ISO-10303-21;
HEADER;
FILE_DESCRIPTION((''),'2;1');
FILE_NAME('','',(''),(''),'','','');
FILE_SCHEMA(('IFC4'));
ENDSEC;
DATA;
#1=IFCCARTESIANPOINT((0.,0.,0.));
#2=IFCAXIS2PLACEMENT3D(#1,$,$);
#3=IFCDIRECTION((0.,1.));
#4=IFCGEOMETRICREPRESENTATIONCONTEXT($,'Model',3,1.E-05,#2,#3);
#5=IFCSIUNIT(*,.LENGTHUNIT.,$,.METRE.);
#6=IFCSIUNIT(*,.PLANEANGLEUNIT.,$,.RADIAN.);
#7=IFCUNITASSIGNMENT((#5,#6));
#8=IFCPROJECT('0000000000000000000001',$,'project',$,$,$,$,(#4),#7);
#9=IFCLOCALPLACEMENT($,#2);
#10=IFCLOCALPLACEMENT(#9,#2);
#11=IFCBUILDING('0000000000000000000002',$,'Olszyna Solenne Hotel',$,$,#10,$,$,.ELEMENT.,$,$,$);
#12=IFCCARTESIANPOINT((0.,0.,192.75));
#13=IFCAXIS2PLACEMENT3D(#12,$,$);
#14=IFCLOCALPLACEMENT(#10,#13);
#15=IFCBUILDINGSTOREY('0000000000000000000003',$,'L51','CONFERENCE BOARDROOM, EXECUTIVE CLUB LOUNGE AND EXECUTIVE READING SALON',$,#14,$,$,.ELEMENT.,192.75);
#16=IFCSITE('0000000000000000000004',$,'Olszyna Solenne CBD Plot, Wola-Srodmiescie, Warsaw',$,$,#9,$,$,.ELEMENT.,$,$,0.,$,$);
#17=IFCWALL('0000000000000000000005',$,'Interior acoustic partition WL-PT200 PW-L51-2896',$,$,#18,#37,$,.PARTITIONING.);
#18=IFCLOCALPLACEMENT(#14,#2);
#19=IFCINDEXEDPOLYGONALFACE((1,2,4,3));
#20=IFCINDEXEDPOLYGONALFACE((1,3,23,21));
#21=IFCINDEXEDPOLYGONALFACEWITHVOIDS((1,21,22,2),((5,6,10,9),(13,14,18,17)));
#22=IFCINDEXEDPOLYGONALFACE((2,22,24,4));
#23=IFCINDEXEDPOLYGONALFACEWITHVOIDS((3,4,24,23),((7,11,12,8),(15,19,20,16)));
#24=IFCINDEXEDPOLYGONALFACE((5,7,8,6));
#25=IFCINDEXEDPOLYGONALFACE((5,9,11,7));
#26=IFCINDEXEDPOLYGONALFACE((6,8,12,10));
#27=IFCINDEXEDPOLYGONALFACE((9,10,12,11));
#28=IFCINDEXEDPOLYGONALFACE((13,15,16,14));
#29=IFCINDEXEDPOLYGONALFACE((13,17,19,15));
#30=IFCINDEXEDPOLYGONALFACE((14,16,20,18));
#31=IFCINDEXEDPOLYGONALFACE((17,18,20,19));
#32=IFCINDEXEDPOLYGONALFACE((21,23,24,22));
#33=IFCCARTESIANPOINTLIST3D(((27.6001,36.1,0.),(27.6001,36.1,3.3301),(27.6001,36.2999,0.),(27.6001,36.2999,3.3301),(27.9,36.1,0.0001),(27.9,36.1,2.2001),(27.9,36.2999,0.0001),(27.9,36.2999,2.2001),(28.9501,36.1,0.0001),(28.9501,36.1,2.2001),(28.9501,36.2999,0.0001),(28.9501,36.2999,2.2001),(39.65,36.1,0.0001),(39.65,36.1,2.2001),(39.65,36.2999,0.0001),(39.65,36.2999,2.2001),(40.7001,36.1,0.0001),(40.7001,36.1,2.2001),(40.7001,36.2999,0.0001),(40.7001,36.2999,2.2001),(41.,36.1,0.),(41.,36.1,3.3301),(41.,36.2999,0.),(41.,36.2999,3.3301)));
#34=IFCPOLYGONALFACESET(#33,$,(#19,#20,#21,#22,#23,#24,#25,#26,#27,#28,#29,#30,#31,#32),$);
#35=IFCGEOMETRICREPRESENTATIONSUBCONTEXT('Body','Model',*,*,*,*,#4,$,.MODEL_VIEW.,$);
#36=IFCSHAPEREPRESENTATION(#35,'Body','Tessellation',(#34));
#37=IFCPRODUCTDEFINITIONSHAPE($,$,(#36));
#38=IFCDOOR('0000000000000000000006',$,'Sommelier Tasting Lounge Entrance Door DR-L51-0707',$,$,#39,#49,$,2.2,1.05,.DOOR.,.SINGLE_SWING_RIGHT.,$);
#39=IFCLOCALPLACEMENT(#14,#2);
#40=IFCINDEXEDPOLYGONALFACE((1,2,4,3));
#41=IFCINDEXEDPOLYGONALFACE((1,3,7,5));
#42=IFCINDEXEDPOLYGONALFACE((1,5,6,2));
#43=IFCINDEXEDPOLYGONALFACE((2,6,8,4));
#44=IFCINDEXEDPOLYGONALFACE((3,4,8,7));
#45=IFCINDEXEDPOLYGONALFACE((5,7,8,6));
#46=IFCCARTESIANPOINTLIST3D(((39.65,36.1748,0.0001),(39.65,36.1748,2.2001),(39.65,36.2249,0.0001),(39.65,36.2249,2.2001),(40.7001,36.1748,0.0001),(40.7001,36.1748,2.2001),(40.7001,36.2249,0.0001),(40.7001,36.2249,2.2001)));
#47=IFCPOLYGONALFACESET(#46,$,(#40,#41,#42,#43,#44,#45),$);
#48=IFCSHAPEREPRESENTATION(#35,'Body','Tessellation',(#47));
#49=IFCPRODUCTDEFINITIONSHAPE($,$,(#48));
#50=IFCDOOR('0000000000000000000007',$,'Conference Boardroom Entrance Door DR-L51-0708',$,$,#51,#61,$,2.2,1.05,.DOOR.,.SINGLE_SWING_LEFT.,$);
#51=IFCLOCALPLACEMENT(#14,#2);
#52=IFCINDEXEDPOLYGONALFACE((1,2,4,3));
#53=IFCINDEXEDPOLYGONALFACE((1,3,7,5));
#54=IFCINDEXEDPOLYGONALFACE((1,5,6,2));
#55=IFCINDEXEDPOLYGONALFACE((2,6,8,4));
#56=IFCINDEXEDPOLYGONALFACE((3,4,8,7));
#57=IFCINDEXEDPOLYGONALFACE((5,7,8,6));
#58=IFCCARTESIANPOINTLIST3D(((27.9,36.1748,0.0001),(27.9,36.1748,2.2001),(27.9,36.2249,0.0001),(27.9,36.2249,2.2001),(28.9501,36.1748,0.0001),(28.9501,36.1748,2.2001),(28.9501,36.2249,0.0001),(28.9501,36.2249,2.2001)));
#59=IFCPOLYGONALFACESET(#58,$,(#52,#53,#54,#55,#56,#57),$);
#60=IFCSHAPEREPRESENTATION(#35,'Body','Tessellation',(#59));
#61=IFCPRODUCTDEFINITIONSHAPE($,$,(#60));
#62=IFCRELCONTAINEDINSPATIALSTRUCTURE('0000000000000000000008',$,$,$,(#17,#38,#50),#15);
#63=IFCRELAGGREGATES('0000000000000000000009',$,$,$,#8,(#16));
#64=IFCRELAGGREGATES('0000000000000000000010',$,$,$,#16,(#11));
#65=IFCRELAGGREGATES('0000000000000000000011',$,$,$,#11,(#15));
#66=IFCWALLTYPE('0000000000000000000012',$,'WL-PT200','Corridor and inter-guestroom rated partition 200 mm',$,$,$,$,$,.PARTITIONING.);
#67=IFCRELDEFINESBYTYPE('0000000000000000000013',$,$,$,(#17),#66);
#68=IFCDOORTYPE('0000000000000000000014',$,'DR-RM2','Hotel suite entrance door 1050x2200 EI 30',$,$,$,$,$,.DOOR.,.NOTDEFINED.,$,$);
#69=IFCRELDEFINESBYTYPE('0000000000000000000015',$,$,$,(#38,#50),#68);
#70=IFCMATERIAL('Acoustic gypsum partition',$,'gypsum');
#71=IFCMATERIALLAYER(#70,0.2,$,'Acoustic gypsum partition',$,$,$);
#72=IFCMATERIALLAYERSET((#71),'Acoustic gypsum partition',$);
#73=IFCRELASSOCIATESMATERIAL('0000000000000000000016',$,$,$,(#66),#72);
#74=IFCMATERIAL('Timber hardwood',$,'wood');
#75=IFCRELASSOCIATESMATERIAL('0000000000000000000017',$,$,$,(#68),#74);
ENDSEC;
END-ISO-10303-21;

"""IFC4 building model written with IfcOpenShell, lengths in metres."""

from ifc_helpers import new_model, si_unit, direction, frame, frame_2d, origin, place, context, subcontext, project, spatial, rectangle, extrude, source, transform, mapped, material, layer, layer_set, type_object, type_shapes, element, fill, save


model = new_model("IFC4")

# Units and contexts
model_context = context("Model", 3, precision=1e-05, world=origin(), true_north=direction((0.0, 1.0)))
body_context = subcontext(model_context, "Body", "Model", "MODEL_VIEW")
ifc_project = project(units=[si_unit("LENGTHUNIT", "METRE"), si_unit("PLANEANGLEUNIT", "RADIAN")], contexts=[model_context])

# Site, building, storey
site_placement = place(None, origin())
site = spatial("IfcSite", under=ifc_project, at=site_placement, Name="Olszyna Solenne CBD Plot, Wola-Srodmiescie, Warsaw", CompositionType="ELEMENT", RefElevation=0.0)
building_placement = place(site_placement, origin())
building = spatial("IfcBuilding", under=site, at=building_placement, Name="Olszyna Solenne Hotel", CompositionType="ELEMENT")
storey_placement = place(building_placement, frame((0.0, 0.0, 192.75)))
storey = spatial("IfcBuildingStorey", under=building, at=storey_placement, Name="L51", Description="CONFERENCE BOARDROOM, EXECUTIVE CLUB LOUNGE AND EXECUTIVE READING SALON", CompositionType="ELEMENT", Elevation=192.75)

# Shared definitions
ifc_material_1 = material(Name="Acoustic gypsum partition", Category="gypsum")

# Shared definitions
ifc_layer_1 = layer(ifc_material_1, 0.2, Name="Acoustic gypsum partition")
ifc_layer_set_1 = layer_set([ifc_layer_1], Name="Acoustic gypsum partition")
wall_type_1 = type_object("IfcWallType", Name="WL-PT200", Description="Corridor and inter-guestroom rated partition 200 mm", PredefinedType="PARTITIONING", material=ifc_layer_set_1)

# Wall, openings, doors
wall_1_placement = place(storey_placement, frame((27.6001, 36.2, 0.0), z_axis=(0.0, 0.0, 1.0), x_axis=(1.0, 0.0, 0.0)))
wall_1 = element("IfcWall", 1, at=wall_1_placement, inside=storey, type_object=wall_type_1, Name="Interior acoustic partition WL-PT200 PW-L51-2896", PredefinedType="PARTITIONING", context=body_context, shape_type="SweptSolid", body=[
    extrude(rectangle(XDim=13.3999, YDim=0.2, at=frame_2d((6.7, 0.0))), origin(), (0.0, 0.0, 1.0), 3.3301),
])
opening_1_placement = place(wall_1_placement, frame((12.05, 0.0, 0.0)))
opening_1 = element("IfcOpeningElement", 2, at=opening_1_placement, cuts=wall_1, PredefinedType="OPENING", context=body_context, shape_type="SweptSolid", body=[
    extrude(rectangle(XDim=1.05, YDim=2.2, at=frame_2d((0.5249, 1.1001))), frame((0.0, 0.1099, 0.0), z_axis=(0.0, -1.0, 0.0), x_axis=(1.0, 0.0, 0.0)), (0.0, 0.0, 1.0), 0.22),
])
opening_2_placement = place(wall_1_placement, frame((0.3, 0.0, 0.0)))
opening_2 = element("IfcOpeningElement", 3, at=opening_2_placement, cuts=wall_1, PredefinedType="OPENING", context=body_context, shape_type="SweptSolid", body=[
    extrude(rectangle(XDim=1.05, YDim=2.2, at=frame_2d((0.5249, 1.1001))), frame((0.0, 0.1099, 0.0), z_axis=(0.0, -1.0, 0.0), x_axis=(1.0, 0.0, 0.0)), (0.0, 0.0, 1.0), 0.22),
])
ifc_material_2 = material(Name="Timber hardwood", Category="wood")
door_type_1 = type_object("IfcDoorType", Name="DR-RM2", Description="Hotel suite entrance door 1050x2200 EI 30", OperationType="NOTDEFINED", PredefinedType="DOOR", material=ifc_material_2)
shared_shape_1 = source(origin(), body_context, "Body", "SweptSolid", [
    extrude(rectangle(XDim=1.05, YDim=2.2, at=frame_2d((0.5249, 1.1001))), frame((0.0, 0.0249, 0.0), z_axis=(0.0, -1.0, 0.0), x_axis=(1.0, 0.0, 0.0)), (0.0, 0.0, 1.0), 0.05),
])
type_shapes(door_type_1, [shared_shape_1])
door_1_placement = place(opening_1_placement, origin())
door_1 = element("IfcDoor", 4, at=door_1_placement, inside=storey, type_object=door_type_1, Name="Sommelier Tasting Lounge Entrance Door DR-L51-0707", OperationType="SINGLE_SWING_RIGHT", OverallHeight=2.2, OverallWidth=1.05, PredefinedType="DOOR", context=body_context, shape_type="MappedRepresentation", body=[
    mapped(shared_shape_1, transform((0.0, 0.0, 0.0), x_axis=(1.0, 0.0, 0.0), y_axis=(0.0, 1.0, 0.0), z_axis=(0.0, 0.0, 1.0), scale=1.0)),
])
fill(opening_1, door_1)
door_2_placement = place(opening_2_placement, origin())
door_2 = element("IfcDoor", 5, at=door_2_placement, inside=storey, type_object=door_type_1, Name="Conference Boardroom Entrance Door DR-L51-0708", OperationType="SINGLE_SWING_LEFT", OverallHeight=2.2, OverallWidth=1.05, PredefinedType="DOOR", context=body_context, shape_type="MappedRepresentation", body=[
    mapped(shared_shape_1, transform((0.0, 0.0, 0.0), x_axis=(1.0, 0.0, 0.0), y_axis=(0.0, 1.0, 0.0), z_axis=(0.0, 0.0, 1.0), scale=1.0)),
])
fill(opening_2, door_2)

save(model, "model.ifc")
